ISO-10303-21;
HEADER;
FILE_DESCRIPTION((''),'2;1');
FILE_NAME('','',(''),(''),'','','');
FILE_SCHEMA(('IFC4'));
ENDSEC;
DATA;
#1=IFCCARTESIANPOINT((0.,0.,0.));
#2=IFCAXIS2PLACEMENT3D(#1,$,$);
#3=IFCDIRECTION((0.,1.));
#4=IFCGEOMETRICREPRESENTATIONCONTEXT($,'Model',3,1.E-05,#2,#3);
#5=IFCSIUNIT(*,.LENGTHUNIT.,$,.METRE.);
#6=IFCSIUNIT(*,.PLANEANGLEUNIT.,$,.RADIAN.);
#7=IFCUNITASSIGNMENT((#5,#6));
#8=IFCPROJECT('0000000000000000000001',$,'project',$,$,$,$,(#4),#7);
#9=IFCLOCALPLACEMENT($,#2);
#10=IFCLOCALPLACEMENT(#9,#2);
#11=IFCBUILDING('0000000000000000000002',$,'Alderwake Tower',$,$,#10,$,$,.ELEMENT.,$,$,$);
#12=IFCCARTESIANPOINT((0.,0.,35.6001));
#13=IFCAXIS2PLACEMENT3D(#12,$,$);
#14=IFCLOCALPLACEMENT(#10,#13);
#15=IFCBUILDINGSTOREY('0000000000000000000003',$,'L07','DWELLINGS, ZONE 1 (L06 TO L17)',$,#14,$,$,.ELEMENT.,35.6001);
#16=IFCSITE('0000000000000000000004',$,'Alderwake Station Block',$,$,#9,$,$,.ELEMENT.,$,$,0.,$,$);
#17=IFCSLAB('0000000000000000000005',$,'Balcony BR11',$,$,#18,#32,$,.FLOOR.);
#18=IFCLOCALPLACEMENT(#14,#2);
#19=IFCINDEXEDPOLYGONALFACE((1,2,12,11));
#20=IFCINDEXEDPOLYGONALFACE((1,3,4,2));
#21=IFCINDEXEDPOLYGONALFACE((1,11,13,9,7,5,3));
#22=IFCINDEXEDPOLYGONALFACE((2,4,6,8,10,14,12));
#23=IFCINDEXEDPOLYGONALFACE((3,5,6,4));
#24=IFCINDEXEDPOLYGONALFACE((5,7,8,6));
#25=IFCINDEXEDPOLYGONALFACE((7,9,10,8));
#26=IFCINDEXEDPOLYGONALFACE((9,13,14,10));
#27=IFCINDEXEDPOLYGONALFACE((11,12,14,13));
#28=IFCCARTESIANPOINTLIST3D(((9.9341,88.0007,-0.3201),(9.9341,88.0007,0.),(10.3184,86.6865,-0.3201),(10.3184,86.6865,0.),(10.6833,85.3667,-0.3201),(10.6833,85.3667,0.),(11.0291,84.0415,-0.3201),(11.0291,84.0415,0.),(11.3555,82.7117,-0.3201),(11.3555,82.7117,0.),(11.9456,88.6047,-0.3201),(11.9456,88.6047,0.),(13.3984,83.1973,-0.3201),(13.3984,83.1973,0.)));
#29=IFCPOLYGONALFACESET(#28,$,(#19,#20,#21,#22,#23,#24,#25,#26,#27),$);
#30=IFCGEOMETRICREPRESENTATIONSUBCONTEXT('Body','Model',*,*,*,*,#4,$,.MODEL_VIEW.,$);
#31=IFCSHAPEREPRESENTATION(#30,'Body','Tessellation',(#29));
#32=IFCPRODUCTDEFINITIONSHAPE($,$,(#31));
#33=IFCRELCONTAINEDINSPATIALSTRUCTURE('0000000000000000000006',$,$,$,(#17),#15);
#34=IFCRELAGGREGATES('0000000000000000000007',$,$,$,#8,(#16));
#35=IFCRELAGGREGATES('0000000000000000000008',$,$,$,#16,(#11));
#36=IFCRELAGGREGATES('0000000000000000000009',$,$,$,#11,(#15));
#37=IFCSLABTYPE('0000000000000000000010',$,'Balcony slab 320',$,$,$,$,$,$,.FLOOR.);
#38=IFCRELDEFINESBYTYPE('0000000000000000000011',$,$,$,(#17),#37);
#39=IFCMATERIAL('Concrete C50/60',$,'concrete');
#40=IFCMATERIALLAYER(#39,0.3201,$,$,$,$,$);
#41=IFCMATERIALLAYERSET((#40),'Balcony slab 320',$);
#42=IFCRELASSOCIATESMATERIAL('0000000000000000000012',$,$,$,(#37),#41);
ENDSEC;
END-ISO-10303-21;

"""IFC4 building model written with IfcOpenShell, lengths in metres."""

from ifc_helpers import new_model, si_unit, direction, frame, origin, place, context, subcontext, project, spatial, polyline, outline, extrude, material, layer, layer_set, type_object, element, save


model = new_model("IFC4")

# Units and contexts
model_context = context("Model", 3, precision=1e-05, world=origin(), true_north=direction((0.0, 1.0)))
body_context = subcontext(model_context, "Body", "Model", "MODEL_VIEW")
ifc_project = project(units=[si_unit("LENGTHUNIT", "METRE"), si_unit("PLANEANGLEUNIT", "RADIAN")], contexts=[model_context])

# Site, building, storey
site_placement = place(None, origin())
site = spatial("IfcSite", under=ifc_project, at=site_placement, Name="Alderwake Station Block", CompositionType="ELEMENT", RefElevation=0.0)
building_placement = place(site_placement, origin())
building = spatial("IfcBuilding", under=site, at=building_placement, Name="Alderwake Tower", CompositionType="ELEMENT")
storey_placement = place(building_placement, frame((0.0, 0.0, 35.6001)))
storey = spatial("IfcBuildingStorey", under=building, at=storey_placement, Name="L07", Description="DWELLINGS, ZONE 1 (L06 TO L17)", CompositionType="ELEMENT", Elevation=35.6001)

# Slab
ifc_material_1 = material(Name="Concrete C50/60", Category="concrete")
ifc_layer_1 = layer(ifc_material_1, 0.3201)
ifc_layer_set_1 = layer_set([ifc_layer_1], Name="Balcony slab 320")
slab_type_1 = type_object("IfcSlabType", Name="Balcony slab 320", PredefinedType="FLOOR", material=ifc_layer_set_1)
slab_1_placement = place(storey_placement, frame((0.0, 0.0, -0.3201)))
element("IfcSlab", 1, at=slab_1_placement, inside=storey, type_object=slab_type_1, Name="Balcony BR11", PredefinedType="FLOOR", context=body_context, shape_type="SweptSolid", body=[
    extrude(outline(polyline([(11.3555, 82.7117), (13.3984, 83.1973), (11.9456, 88.6047), (9.9341, 88.0007), (10.3184, 86.6865), (10.6833, 85.3667), (11.0291, 84.0415), (11.3555, 82.7117)])), origin(), (0.0, 0.0, 1.0), 0.3201),
])

save(model, "model.ifc")
